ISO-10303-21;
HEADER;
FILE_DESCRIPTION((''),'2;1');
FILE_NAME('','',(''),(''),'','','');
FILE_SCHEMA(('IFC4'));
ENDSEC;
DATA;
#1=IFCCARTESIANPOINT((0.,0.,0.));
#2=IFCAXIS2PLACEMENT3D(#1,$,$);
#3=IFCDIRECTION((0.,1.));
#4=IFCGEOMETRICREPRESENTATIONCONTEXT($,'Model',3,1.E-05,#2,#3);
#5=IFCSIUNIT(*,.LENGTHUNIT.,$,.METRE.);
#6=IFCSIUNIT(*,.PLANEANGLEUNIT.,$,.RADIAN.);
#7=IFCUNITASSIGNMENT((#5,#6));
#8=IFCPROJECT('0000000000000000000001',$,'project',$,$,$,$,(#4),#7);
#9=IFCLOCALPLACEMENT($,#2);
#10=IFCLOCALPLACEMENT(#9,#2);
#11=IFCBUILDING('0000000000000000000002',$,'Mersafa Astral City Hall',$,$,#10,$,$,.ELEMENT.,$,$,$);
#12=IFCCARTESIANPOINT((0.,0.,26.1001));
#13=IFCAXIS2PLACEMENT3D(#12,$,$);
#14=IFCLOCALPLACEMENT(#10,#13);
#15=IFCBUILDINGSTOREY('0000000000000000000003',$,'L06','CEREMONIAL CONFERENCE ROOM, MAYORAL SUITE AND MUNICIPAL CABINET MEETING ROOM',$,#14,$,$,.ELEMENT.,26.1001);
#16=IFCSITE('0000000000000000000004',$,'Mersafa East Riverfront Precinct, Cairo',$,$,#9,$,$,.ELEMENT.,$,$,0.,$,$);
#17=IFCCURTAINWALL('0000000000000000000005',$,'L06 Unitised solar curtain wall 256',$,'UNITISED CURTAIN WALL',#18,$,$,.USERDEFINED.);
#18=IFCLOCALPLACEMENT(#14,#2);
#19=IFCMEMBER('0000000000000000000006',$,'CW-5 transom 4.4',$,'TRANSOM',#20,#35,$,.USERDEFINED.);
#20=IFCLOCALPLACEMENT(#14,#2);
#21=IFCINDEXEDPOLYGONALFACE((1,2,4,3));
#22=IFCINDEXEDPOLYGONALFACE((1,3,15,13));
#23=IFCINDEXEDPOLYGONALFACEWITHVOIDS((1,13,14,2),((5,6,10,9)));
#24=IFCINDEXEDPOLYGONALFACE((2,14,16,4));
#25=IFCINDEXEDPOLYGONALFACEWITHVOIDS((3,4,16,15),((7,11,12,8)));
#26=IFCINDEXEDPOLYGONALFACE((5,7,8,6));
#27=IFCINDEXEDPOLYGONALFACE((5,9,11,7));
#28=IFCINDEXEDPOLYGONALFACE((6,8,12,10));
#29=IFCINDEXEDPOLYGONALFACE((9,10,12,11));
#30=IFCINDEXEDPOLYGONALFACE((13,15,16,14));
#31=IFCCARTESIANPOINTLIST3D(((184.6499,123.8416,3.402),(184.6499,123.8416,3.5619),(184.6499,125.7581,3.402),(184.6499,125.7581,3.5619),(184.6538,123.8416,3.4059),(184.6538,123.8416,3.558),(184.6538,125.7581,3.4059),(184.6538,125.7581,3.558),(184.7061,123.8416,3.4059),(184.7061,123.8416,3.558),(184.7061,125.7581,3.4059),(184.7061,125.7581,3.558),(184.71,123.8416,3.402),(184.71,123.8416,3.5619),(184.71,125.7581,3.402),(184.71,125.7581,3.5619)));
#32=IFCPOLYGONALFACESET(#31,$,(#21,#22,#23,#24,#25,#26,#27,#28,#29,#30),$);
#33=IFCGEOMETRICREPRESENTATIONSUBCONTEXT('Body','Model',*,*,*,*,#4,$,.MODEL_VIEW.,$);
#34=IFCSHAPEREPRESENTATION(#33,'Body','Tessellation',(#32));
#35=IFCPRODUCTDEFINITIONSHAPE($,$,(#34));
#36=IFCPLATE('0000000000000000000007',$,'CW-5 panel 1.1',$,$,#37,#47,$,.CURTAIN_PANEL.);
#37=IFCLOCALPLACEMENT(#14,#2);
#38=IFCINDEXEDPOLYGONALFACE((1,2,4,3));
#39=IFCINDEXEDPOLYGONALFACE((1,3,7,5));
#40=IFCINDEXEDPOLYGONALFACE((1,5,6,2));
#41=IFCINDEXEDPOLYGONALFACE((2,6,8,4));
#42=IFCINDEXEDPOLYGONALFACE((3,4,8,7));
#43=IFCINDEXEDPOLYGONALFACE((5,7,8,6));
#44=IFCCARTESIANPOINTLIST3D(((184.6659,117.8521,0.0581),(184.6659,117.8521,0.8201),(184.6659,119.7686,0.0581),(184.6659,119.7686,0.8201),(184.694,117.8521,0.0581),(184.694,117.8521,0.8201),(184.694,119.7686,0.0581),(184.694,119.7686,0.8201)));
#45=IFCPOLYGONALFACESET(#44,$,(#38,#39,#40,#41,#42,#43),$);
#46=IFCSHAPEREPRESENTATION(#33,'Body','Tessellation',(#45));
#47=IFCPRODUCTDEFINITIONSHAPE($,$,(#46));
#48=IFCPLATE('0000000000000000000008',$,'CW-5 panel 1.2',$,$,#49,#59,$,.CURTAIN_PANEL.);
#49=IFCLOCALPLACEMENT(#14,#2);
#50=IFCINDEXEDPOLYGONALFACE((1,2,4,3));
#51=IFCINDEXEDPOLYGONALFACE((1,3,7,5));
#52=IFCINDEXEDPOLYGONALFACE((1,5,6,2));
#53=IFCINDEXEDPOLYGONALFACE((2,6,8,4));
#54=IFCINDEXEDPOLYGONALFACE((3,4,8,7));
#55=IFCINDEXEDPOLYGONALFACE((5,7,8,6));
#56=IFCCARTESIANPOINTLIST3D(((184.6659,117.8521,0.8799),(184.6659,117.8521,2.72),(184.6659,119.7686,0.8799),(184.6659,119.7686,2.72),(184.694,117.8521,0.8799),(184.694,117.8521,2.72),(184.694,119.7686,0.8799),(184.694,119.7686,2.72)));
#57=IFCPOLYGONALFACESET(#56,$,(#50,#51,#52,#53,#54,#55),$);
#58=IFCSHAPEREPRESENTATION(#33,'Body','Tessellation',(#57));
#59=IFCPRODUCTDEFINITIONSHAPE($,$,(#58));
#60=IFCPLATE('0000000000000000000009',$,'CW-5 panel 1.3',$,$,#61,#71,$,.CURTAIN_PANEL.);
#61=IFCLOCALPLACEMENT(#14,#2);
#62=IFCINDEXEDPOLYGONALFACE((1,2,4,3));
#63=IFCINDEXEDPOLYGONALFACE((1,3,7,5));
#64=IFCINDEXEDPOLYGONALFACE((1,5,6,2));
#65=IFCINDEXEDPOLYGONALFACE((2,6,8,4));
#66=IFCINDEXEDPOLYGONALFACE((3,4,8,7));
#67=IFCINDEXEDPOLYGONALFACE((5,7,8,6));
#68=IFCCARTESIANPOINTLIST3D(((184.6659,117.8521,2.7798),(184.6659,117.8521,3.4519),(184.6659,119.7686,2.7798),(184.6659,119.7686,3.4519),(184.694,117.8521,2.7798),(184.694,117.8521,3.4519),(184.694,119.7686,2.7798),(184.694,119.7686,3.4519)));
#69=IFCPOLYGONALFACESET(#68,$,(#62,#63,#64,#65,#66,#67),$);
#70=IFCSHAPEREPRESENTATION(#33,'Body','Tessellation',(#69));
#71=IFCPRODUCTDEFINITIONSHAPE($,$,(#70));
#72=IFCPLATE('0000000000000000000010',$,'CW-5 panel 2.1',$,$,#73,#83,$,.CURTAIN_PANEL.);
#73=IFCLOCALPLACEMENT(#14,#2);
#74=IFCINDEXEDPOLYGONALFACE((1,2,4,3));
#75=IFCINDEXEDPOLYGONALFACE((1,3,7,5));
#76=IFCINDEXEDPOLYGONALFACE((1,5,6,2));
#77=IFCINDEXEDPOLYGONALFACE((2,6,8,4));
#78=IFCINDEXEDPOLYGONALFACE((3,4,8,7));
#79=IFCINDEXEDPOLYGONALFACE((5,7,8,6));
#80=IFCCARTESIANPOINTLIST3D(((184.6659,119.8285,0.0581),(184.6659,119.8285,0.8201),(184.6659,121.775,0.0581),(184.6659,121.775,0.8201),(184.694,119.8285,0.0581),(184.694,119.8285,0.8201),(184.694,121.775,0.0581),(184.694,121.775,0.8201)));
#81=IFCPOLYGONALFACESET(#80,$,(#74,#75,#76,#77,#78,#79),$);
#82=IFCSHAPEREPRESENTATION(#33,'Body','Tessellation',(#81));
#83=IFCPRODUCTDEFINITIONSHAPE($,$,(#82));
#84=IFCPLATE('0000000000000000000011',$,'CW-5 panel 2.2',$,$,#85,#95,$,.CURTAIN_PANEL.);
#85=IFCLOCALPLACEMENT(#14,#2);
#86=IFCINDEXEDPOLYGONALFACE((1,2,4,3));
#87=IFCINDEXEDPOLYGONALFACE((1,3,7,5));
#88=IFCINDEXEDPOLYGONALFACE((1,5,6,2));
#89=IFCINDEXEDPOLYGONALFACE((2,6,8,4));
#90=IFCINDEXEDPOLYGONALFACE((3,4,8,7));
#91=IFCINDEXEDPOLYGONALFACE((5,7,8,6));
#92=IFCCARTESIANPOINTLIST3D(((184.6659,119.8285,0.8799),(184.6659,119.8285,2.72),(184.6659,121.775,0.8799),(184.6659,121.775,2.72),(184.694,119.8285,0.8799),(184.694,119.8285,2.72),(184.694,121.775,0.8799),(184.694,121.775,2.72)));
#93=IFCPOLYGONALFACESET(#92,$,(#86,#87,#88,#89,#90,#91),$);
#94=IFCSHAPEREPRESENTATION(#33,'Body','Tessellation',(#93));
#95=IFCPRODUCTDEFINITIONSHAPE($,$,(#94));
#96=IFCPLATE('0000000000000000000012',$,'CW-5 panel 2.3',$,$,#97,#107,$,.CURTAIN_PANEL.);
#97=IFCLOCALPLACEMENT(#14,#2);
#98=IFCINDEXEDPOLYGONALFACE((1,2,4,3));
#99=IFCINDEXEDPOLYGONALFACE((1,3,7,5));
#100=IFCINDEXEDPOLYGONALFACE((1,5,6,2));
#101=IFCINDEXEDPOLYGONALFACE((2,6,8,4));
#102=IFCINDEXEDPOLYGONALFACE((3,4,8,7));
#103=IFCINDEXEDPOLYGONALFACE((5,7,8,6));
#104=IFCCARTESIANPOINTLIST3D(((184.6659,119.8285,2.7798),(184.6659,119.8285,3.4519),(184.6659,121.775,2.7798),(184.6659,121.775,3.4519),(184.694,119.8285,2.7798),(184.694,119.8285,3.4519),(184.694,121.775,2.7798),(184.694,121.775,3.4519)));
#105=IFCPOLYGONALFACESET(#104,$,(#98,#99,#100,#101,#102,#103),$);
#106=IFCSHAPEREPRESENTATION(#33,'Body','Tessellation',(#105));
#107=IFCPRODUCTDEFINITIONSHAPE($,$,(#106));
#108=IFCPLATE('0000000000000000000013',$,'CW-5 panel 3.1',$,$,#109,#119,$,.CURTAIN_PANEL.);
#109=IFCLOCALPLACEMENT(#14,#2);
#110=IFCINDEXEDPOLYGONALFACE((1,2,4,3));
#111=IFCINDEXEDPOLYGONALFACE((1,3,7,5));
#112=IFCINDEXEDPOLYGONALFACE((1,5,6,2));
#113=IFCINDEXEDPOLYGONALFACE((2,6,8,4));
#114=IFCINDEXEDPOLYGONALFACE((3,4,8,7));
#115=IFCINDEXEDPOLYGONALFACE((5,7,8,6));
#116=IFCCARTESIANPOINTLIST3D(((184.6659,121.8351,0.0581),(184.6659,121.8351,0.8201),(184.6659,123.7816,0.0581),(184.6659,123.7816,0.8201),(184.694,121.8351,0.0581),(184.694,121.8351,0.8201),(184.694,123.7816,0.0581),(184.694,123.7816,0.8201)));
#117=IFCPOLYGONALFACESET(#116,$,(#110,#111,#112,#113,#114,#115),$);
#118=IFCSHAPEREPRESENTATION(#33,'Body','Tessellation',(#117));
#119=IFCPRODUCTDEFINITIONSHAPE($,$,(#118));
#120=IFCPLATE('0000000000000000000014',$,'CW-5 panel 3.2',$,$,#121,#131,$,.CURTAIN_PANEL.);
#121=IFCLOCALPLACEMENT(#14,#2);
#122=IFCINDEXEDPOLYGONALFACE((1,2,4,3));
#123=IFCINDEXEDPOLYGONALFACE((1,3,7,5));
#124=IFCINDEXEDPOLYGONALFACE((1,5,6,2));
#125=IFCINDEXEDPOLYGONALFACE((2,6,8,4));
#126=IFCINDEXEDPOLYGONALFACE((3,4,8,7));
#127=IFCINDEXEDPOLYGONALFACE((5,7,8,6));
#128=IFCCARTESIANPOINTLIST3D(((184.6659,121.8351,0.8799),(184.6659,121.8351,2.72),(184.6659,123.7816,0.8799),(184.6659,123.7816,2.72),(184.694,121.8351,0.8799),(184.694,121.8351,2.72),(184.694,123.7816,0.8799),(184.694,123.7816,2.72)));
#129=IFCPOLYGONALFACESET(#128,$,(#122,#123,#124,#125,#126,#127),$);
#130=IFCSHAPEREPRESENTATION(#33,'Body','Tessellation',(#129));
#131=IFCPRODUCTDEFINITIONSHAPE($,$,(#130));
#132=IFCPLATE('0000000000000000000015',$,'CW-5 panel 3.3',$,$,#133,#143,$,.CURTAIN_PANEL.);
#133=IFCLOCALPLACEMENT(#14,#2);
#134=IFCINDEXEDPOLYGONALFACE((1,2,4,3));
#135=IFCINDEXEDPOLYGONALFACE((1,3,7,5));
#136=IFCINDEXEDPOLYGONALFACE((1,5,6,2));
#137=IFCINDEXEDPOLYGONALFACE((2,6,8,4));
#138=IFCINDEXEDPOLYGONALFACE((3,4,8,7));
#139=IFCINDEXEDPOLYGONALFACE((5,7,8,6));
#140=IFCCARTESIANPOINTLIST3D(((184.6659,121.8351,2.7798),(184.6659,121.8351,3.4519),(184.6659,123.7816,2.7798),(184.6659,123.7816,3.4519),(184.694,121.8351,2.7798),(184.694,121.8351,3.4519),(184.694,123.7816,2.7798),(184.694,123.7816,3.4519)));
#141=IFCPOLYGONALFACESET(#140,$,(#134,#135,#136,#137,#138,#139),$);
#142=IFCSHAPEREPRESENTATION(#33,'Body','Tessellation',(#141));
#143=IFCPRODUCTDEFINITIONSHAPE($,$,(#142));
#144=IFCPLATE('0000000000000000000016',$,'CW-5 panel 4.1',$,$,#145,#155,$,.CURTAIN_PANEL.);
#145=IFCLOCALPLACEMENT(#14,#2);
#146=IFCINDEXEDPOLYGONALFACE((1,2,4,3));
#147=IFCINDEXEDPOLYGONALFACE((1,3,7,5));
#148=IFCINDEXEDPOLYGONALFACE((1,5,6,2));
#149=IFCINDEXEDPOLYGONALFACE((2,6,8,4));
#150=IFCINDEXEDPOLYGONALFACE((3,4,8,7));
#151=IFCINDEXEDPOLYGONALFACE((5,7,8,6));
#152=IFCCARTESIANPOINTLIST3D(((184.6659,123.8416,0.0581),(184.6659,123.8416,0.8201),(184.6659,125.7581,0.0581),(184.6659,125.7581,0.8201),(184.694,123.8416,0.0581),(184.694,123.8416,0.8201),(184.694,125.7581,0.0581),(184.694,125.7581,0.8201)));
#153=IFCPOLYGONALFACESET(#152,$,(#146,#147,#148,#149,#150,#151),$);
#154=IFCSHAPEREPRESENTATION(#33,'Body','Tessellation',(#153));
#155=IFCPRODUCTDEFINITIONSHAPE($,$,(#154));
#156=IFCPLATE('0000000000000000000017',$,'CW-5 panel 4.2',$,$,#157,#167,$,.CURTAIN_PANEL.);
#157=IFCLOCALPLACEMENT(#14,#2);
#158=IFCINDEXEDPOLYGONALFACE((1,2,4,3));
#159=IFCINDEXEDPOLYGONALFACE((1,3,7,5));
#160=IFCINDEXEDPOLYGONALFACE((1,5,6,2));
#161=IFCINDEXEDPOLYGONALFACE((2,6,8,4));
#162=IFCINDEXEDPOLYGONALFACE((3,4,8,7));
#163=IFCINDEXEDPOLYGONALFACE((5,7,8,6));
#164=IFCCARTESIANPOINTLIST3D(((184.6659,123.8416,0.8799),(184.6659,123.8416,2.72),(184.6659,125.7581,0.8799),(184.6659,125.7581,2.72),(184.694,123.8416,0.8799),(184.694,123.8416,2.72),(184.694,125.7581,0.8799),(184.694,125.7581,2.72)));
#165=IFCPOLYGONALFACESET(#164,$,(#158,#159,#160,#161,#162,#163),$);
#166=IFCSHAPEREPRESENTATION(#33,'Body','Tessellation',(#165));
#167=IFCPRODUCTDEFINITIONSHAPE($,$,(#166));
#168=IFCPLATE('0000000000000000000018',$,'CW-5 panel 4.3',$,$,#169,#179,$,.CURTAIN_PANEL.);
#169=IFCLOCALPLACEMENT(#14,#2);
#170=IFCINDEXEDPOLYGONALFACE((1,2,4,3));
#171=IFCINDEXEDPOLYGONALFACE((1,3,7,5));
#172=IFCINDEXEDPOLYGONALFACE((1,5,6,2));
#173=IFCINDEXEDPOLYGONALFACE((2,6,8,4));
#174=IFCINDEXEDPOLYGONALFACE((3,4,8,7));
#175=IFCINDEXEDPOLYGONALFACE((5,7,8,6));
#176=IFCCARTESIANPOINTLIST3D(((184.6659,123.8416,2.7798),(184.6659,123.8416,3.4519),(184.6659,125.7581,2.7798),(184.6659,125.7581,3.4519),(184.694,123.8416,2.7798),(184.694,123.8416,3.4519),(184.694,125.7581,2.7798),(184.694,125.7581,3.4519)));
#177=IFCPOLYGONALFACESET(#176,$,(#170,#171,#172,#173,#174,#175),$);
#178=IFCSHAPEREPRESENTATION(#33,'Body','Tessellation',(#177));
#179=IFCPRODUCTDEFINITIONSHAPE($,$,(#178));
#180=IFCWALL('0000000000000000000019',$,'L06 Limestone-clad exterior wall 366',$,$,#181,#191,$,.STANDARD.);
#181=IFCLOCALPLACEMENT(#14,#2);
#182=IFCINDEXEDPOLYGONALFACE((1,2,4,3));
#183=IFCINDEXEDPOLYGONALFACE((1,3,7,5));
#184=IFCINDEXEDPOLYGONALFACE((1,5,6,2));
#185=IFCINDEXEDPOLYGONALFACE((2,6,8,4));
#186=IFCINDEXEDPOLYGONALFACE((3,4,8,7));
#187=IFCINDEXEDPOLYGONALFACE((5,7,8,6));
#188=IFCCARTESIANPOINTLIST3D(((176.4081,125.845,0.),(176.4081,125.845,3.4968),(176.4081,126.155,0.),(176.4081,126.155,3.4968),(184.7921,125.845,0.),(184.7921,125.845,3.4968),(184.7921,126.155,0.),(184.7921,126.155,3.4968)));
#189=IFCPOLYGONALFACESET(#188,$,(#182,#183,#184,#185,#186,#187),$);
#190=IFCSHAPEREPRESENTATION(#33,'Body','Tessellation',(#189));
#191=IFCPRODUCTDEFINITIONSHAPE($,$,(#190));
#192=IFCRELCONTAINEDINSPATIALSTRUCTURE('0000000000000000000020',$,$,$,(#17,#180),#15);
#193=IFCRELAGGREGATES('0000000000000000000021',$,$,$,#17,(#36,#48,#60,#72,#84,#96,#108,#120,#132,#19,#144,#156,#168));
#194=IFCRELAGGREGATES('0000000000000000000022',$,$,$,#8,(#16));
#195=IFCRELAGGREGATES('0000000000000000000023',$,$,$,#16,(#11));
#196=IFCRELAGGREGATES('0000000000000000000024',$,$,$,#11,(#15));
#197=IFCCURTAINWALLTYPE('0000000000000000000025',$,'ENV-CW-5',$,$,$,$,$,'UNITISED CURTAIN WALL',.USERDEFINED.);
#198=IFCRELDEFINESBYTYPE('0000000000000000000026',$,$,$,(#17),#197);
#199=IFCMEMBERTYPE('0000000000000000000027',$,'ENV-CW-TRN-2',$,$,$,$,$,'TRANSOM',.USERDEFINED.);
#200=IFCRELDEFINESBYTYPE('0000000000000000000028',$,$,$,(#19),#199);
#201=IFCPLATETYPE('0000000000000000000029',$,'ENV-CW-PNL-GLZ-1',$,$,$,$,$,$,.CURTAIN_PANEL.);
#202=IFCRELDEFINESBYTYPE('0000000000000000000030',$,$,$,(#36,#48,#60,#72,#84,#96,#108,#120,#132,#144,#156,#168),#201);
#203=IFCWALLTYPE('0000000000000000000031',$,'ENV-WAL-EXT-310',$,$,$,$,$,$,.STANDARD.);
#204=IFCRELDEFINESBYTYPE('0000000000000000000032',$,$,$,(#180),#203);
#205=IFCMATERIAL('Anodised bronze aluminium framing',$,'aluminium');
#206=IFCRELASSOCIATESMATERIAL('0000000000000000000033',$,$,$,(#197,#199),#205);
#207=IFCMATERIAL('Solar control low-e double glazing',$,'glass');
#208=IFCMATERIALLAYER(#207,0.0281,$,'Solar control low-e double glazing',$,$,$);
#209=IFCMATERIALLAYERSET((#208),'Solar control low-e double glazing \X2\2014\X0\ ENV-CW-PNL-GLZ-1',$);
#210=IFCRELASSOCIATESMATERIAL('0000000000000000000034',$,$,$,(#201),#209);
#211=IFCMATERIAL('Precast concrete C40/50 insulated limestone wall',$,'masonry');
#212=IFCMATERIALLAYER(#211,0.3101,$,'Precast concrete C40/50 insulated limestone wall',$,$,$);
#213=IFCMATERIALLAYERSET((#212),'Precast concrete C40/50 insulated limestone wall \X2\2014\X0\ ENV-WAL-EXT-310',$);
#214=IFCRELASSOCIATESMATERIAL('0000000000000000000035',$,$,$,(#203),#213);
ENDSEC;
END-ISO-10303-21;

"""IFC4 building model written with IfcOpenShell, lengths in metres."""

from ifc_helpers import new_model, si_unit, direction, frame, frame_2d, origin, origin_2d, place, context, subcontext, project, spatial, rectangle, hollow_rectangle, extrude, material, layer, layer_set, material_profile, profile_set, type_object, element, aggregate, save


model = new_model("IFC4")

# Units and contexts
model_context = context("Model", 3, precision=1e-05, world=origin(), true_north=direction((0.0, 1.0)))
body_context = subcontext(model_context, "Body", "Model", "MODEL_VIEW")
ifc_project = project(units=[si_unit("LENGTHUNIT", "METRE"), si_unit("PLANEANGLEUNIT", "RADIAN")], contexts=[model_context])

# Site, building, storey
site_placement = place(None, origin())
site = spatial("IfcSite", under=ifc_project, at=site_placement, Name="Mersafa East Riverfront Precinct, Cairo", CompositionType="ELEMENT", RefElevation=0.0)
building_placement = place(site_placement, origin())
building = spatial("IfcBuilding", under=site, at=building_placement, Name="Mersafa Astral City Hall", CompositionType="ELEMENT")
storey_placement = place(building_placement, frame((0.0, 0.0, 26.1001)))
storey = spatial("IfcBuildingStorey", under=building, at=storey_placement, Name="L06", Description="CEREMONIAL CONFERENCE ROOM, MAYORAL SUITE AND MUNICIPAL CABINET MEETING ROOM", CompositionType="ELEMENT", Elevation=26.1001)

# Curtain wall, member, plates
ifc_material_1 = material(Name="Anodised bronze aluminium framing", Category="aluminium")
curtain_wall_type = type_object("IfcCurtainWallType", Name="ENV-CW-5", ElementType="UNITISED CURTAIN WALL", PredefinedType="USERDEFINED", material=ifc_material_1)
curtain_wall_placement = place(storey_placement, origin())
curtain_wall = element("IfcCurtainWall", 1, at=curtain_wall_placement, inside=storey, type_object=curtain_wall_type, Name="L06 Unitised solar curtain wall 256", ObjectType="UNITISED CURTAIN WALL", PredefinedType="USERDEFINED")
ifc_material_profile_1 = material_profile(ifc_material_1, hollow_rectangle(XDim=0.0601, YDim=0.1599, WallThickness=0.0039, at=origin_2d()), Name="RHS 60x160x4")
ifc_profile_set_1 = profile_set([ifc_material_profile_1], Name="Anodised bronze aluminium framing")
member_type_1 = type_object("IfcMemberType", Name="ENV-CW-TRN-2", ElementType="TRANSOM", PredefinedType="USERDEFINED", material=ifc_profile_set_1)
member_1_placement = place(storey_placement, frame((184.6799, 123.8416, 3.4819), z_axis=(0.0, 1.0, 0.0), x_axis=(-1.0, 0.0, 0.0)))
member_1 = element("IfcMember", 2, at=member_1_placement, type_object=member_type_1, Name="CW-5 transom 4.4", ObjectType="TRANSOM", PredefinedType="USERDEFINED", context=body_context, shape_type="SweptSolid", body=[
    extrude(hollow_rectangle(XDim=0.0601, YDim=0.1599, WallThickness=0.0039, at=origin_2d()), origin(), (0.0, 0.0, 1.0), 1.9165),
])
ifc_material_2 = material(Name="Solar control low-e double glazing", Category="glass")
ifc_layer_1 = layer(ifc_material_2, 0.0281, Name="Solar control low-e double glazing")
ifc_layer_set_1 = layer_set([ifc_layer_1], Name="Solar control low-e double glazing — ENV-CW-PNL-GLZ-1")
plate_type = type_object("IfcPlateType", Name="ENV-CW-PNL-GLZ-1", PredefinedType="CURTAIN_PANEL", material=ifc_layer_set_1)
plate_1_placement = place(storey_placement, frame((184.6799, 118.8103, 0.0581), z_axis=(0.0, 0.0, 1.0), x_axis=(0.0, 1.0, 0.0)))
plate_1 = element("IfcPlate", 3, at=plate_1_placement, type_object=plate_type, Name="CW-5 panel 1.1", PredefinedType="CURTAIN_PANEL", context=body_context, shape_type="SweptSolid", body=[
    extrude(rectangle(XDim=1.9165, YDim=0.0281, at=origin_2d()), origin(), (0.0, 0.0, 1.0), 0.762),
])
plate_2_placement = place(storey_placement, frame((184.6799, 118.8103, 0.8799), z_axis=(0.0, 0.0, 1.0), x_axis=(0.0, 1.0, 0.0)))
plate_2 = element("IfcPlate", 4, at=plate_2_placement, type_object=plate_type, Name="CW-5 panel 1.2", PredefinedType="CURTAIN_PANEL", context=body_context, shape_type="SweptSolid", body=[
    extrude(rectangle(XDim=1.9165, YDim=0.0281, at=origin_2d()), origin(), (0.0, 0.0, 1.0), 1.8401),
])
plate_3_placement = place(storey_placement, frame((184.6799, 118.8103, 2.7798), z_axis=(0.0, 0.0, 1.0), x_axis=(0.0, 1.0, 0.0)))
plate_3 = element("IfcPlate", 5, at=plate_3_placement, type_object=plate_type, Name="CW-5 panel 1.3", PredefinedType="CURTAIN_PANEL", context=body_context, shape_type="SweptSolid", body=[
    extrude(rectangle(XDim=1.9165, YDim=0.0281, at=origin_2d()), origin(), (0.0, 0.0, 1.0), 0.6721),
])
plate_4_placement = place(storey_placement, frame((184.6799, 120.8018, 0.0581), z_axis=(0.0, 0.0, 1.0), x_axis=(0.0, 1.0, 0.0)))
plate_4 = element("IfcPlate", 6, at=plate_4_placement, type_object=plate_type, Name="CW-5 panel 2.1", PredefinedType="CURTAIN_PANEL", context=body_context, shape_type="SweptSolid", body=[
    extrude(rectangle(XDim=1.9465, YDim=0.0281, at=origin_2d()), origin(), (0.0, 0.0, 1.0), 0.762),
])
plate_5_placement = place(storey_placement, frame((184.6799, 120.8018, 0.8799), z_axis=(0.0, 0.0, 1.0), x_axis=(0.0, 1.0, 0.0)))
plate_5 = element("IfcPlate", 7, at=plate_5_placement, type_object=plate_type, Name="CW-5 panel 2.2", PredefinedType="CURTAIN_PANEL", context=body_context, shape_type="SweptSolid", body=[
    extrude(rectangle(XDim=1.9465, YDim=0.0281, at=origin_2d()), origin(), (0.0, 0.0, 1.0), 1.8401),
])
plate_6_placement = place(storey_placement, frame((184.6799, 120.8018, 2.7798), z_axis=(0.0, 0.0, 1.0), x_axis=(0.0, 1.0, 0.0)))
plate_6 = element("IfcPlate", 8, at=plate_6_placement, type_object=plate_type, Name="CW-5 panel 2.3", PredefinedType="CURTAIN_PANEL", context=body_context, shape_type="SweptSolid", body=[
    extrude(rectangle(XDim=1.9465, YDim=0.0281, at=origin_2d()), origin(), (0.0, 0.0, 1.0), 0.6721),
])
plate_7_placement = place(storey_placement, frame((184.6799, 122.8083, 0.0581), z_axis=(0.0, 0.0, 1.0), x_axis=(0.0, 1.0, 0.0)))
plate_7 = element("IfcPlate", 9, at=plate_7_placement, type_object=plate_type, Name="CW-5 panel 3.1", PredefinedType="CURTAIN_PANEL", context=body_context, shape_type="SweptSolid", body=[
    extrude(rectangle(XDim=1.9465, YDim=0.0281, at=origin_2d()), origin(), (0.0, 0.0, 1.0), 0.762),
])
plate_8_placement = place(storey_placement, frame((184.6799, 122.8083, 0.8799), z_axis=(0.0, 0.0, 1.0), x_axis=(0.0, 1.0, 0.0)))
plate_8 = element("IfcPlate", 10, at=plate_8_placement, type_object=plate_type, Name="CW-5 panel 3.2", PredefinedType="CURTAIN_PANEL", context=body_context, shape_type="SweptSolid", body=[
    extrude(rectangle(XDim=1.9465, YDim=0.0281, at=origin_2d()), origin(), (0.0, 0.0, 1.0), 1.8401),
])
plate_9_placement = place(storey_placement, frame((184.6799, 122.8083, 2.7798), z_axis=(0.0, 0.0, 1.0), x_axis=(0.0, 1.0, 0.0)))
plate_9 = element("IfcPlate", 11, at=plate_9_placement, type_object=plate_type, Name="CW-5 panel 3.3", PredefinedType="CURTAIN_PANEL", context=body_context, shape_type="SweptSolid", body=[
    extrude(rectangle(XDim=1.9465, YDim=0.0281, at=origin_2d()), origin(), (0.0, 0.0, 1.0), 0.6721),
])
plate_10_placement = place(storey_placement, frame((184.6799, 124.7998, 0.0581), z_axis=(0.0, 0.0, 1.0), x_axis=(0.0, 1.0, 0.0)))
plate_10 = element("IfcPlate", 12, at=plate_10_placement, type_object=plate_type, Name="CW-5 panel 4.1", PredefinedType="CURTAIN_PANEL", context=body_context, shape_type="SweptSolid", body=[
    extrude(rectangle(XDim=1.9165, YDim=0.0281, at=origin_2d()), origin(), (0.0, 0.0, 1.0), 0.762),
])
plate_11_placement = place(storey_placement, frame((184.6799, 124.7998, 0.8799), z_axis=(0.0, 0.0, 1.0), x_axis=(0.0, 1.0, 0.0)))
plate_11 = element("IfcPlate", 13, at=plate_11_placement, type_object=plate_type, Name="CW-5 panel 4.2", PredefinedType="CURTAIN_PANEL", context=body_context, shape_type="SweptSolid", body=[
    extrude(rectangle(XDim=1.9165, YDim=0.0281, at=origin_2d()), origin(), (0.0, 0.0, 1.0), 1.8401),
])
plate_12_placement = place(storey_placement, frame((184.6799, 124.7998, 2.7798), z_axis=(0.0, 0.0, 1.0), x_axis=(0.0, 1.0, 0.0)))
plate_12 = element("IfcPlate", 14, at=plate_12_placement, type_object=plate_type, Name="CW-5 panel 4.3", PredefinedType="CURTAIN_PANEL", context=body_context, shape_type="SweptSolid", body=[
    extrude(rectangle(XDim=1.9165, YDim=0.0281, at=origin_2d()), origin(), (0.0, 0.0, 1.0), 0.6721),
])
aggregate(curtain_wall, [plate_1, plate_2, plate_3, plate_4, plate_5, plate_6, plate_7, plate_8, plate_9, member_1, plate_10, plate_11, plate_12])

# Wall
ifc_material_3 = material(Name="Precast concrete C40/50 insulated limestone wall", Category="masonry")
ifc_layer_2 = layer(ifc_material_3, 0.3101, Name="Precast concrete C40/50 insulated limestone wall")
ifc_layer_set_2 = layer_set([ifc_layer_2], Name="Precast concrete C40/50 insulated limestone wall — ENV-WAL-EXT-310")
wall_type = type_object("IfcWallType", Name="ENV-WAL-EXT-310", PredefinedType="STANDARD", material=ifc_layer_set_2)
wall_placement = place(storey_placement, frame((184.792, 126.0, 0.0), z_axis=(0.0, 0.0, 1.0), x_axis=(-1.0, 0.0, 0.0)))
element("IfcWall", 15, at=wall_placement, inside=storey, type_object=wall_type, Name="L06 Limestone-clad exterior wall 366", PredefinedType="STANDARD", context=body_context, shape_type="SweptSolid", body=[
    extrude(rectangle(XDim=8.384, YDim=0.3101, at=frame_2d((4.1919, 0.0))), origin(), (0.0, 0.0, 1.0), 3.4968),
])

save(model, "model.ifc")
